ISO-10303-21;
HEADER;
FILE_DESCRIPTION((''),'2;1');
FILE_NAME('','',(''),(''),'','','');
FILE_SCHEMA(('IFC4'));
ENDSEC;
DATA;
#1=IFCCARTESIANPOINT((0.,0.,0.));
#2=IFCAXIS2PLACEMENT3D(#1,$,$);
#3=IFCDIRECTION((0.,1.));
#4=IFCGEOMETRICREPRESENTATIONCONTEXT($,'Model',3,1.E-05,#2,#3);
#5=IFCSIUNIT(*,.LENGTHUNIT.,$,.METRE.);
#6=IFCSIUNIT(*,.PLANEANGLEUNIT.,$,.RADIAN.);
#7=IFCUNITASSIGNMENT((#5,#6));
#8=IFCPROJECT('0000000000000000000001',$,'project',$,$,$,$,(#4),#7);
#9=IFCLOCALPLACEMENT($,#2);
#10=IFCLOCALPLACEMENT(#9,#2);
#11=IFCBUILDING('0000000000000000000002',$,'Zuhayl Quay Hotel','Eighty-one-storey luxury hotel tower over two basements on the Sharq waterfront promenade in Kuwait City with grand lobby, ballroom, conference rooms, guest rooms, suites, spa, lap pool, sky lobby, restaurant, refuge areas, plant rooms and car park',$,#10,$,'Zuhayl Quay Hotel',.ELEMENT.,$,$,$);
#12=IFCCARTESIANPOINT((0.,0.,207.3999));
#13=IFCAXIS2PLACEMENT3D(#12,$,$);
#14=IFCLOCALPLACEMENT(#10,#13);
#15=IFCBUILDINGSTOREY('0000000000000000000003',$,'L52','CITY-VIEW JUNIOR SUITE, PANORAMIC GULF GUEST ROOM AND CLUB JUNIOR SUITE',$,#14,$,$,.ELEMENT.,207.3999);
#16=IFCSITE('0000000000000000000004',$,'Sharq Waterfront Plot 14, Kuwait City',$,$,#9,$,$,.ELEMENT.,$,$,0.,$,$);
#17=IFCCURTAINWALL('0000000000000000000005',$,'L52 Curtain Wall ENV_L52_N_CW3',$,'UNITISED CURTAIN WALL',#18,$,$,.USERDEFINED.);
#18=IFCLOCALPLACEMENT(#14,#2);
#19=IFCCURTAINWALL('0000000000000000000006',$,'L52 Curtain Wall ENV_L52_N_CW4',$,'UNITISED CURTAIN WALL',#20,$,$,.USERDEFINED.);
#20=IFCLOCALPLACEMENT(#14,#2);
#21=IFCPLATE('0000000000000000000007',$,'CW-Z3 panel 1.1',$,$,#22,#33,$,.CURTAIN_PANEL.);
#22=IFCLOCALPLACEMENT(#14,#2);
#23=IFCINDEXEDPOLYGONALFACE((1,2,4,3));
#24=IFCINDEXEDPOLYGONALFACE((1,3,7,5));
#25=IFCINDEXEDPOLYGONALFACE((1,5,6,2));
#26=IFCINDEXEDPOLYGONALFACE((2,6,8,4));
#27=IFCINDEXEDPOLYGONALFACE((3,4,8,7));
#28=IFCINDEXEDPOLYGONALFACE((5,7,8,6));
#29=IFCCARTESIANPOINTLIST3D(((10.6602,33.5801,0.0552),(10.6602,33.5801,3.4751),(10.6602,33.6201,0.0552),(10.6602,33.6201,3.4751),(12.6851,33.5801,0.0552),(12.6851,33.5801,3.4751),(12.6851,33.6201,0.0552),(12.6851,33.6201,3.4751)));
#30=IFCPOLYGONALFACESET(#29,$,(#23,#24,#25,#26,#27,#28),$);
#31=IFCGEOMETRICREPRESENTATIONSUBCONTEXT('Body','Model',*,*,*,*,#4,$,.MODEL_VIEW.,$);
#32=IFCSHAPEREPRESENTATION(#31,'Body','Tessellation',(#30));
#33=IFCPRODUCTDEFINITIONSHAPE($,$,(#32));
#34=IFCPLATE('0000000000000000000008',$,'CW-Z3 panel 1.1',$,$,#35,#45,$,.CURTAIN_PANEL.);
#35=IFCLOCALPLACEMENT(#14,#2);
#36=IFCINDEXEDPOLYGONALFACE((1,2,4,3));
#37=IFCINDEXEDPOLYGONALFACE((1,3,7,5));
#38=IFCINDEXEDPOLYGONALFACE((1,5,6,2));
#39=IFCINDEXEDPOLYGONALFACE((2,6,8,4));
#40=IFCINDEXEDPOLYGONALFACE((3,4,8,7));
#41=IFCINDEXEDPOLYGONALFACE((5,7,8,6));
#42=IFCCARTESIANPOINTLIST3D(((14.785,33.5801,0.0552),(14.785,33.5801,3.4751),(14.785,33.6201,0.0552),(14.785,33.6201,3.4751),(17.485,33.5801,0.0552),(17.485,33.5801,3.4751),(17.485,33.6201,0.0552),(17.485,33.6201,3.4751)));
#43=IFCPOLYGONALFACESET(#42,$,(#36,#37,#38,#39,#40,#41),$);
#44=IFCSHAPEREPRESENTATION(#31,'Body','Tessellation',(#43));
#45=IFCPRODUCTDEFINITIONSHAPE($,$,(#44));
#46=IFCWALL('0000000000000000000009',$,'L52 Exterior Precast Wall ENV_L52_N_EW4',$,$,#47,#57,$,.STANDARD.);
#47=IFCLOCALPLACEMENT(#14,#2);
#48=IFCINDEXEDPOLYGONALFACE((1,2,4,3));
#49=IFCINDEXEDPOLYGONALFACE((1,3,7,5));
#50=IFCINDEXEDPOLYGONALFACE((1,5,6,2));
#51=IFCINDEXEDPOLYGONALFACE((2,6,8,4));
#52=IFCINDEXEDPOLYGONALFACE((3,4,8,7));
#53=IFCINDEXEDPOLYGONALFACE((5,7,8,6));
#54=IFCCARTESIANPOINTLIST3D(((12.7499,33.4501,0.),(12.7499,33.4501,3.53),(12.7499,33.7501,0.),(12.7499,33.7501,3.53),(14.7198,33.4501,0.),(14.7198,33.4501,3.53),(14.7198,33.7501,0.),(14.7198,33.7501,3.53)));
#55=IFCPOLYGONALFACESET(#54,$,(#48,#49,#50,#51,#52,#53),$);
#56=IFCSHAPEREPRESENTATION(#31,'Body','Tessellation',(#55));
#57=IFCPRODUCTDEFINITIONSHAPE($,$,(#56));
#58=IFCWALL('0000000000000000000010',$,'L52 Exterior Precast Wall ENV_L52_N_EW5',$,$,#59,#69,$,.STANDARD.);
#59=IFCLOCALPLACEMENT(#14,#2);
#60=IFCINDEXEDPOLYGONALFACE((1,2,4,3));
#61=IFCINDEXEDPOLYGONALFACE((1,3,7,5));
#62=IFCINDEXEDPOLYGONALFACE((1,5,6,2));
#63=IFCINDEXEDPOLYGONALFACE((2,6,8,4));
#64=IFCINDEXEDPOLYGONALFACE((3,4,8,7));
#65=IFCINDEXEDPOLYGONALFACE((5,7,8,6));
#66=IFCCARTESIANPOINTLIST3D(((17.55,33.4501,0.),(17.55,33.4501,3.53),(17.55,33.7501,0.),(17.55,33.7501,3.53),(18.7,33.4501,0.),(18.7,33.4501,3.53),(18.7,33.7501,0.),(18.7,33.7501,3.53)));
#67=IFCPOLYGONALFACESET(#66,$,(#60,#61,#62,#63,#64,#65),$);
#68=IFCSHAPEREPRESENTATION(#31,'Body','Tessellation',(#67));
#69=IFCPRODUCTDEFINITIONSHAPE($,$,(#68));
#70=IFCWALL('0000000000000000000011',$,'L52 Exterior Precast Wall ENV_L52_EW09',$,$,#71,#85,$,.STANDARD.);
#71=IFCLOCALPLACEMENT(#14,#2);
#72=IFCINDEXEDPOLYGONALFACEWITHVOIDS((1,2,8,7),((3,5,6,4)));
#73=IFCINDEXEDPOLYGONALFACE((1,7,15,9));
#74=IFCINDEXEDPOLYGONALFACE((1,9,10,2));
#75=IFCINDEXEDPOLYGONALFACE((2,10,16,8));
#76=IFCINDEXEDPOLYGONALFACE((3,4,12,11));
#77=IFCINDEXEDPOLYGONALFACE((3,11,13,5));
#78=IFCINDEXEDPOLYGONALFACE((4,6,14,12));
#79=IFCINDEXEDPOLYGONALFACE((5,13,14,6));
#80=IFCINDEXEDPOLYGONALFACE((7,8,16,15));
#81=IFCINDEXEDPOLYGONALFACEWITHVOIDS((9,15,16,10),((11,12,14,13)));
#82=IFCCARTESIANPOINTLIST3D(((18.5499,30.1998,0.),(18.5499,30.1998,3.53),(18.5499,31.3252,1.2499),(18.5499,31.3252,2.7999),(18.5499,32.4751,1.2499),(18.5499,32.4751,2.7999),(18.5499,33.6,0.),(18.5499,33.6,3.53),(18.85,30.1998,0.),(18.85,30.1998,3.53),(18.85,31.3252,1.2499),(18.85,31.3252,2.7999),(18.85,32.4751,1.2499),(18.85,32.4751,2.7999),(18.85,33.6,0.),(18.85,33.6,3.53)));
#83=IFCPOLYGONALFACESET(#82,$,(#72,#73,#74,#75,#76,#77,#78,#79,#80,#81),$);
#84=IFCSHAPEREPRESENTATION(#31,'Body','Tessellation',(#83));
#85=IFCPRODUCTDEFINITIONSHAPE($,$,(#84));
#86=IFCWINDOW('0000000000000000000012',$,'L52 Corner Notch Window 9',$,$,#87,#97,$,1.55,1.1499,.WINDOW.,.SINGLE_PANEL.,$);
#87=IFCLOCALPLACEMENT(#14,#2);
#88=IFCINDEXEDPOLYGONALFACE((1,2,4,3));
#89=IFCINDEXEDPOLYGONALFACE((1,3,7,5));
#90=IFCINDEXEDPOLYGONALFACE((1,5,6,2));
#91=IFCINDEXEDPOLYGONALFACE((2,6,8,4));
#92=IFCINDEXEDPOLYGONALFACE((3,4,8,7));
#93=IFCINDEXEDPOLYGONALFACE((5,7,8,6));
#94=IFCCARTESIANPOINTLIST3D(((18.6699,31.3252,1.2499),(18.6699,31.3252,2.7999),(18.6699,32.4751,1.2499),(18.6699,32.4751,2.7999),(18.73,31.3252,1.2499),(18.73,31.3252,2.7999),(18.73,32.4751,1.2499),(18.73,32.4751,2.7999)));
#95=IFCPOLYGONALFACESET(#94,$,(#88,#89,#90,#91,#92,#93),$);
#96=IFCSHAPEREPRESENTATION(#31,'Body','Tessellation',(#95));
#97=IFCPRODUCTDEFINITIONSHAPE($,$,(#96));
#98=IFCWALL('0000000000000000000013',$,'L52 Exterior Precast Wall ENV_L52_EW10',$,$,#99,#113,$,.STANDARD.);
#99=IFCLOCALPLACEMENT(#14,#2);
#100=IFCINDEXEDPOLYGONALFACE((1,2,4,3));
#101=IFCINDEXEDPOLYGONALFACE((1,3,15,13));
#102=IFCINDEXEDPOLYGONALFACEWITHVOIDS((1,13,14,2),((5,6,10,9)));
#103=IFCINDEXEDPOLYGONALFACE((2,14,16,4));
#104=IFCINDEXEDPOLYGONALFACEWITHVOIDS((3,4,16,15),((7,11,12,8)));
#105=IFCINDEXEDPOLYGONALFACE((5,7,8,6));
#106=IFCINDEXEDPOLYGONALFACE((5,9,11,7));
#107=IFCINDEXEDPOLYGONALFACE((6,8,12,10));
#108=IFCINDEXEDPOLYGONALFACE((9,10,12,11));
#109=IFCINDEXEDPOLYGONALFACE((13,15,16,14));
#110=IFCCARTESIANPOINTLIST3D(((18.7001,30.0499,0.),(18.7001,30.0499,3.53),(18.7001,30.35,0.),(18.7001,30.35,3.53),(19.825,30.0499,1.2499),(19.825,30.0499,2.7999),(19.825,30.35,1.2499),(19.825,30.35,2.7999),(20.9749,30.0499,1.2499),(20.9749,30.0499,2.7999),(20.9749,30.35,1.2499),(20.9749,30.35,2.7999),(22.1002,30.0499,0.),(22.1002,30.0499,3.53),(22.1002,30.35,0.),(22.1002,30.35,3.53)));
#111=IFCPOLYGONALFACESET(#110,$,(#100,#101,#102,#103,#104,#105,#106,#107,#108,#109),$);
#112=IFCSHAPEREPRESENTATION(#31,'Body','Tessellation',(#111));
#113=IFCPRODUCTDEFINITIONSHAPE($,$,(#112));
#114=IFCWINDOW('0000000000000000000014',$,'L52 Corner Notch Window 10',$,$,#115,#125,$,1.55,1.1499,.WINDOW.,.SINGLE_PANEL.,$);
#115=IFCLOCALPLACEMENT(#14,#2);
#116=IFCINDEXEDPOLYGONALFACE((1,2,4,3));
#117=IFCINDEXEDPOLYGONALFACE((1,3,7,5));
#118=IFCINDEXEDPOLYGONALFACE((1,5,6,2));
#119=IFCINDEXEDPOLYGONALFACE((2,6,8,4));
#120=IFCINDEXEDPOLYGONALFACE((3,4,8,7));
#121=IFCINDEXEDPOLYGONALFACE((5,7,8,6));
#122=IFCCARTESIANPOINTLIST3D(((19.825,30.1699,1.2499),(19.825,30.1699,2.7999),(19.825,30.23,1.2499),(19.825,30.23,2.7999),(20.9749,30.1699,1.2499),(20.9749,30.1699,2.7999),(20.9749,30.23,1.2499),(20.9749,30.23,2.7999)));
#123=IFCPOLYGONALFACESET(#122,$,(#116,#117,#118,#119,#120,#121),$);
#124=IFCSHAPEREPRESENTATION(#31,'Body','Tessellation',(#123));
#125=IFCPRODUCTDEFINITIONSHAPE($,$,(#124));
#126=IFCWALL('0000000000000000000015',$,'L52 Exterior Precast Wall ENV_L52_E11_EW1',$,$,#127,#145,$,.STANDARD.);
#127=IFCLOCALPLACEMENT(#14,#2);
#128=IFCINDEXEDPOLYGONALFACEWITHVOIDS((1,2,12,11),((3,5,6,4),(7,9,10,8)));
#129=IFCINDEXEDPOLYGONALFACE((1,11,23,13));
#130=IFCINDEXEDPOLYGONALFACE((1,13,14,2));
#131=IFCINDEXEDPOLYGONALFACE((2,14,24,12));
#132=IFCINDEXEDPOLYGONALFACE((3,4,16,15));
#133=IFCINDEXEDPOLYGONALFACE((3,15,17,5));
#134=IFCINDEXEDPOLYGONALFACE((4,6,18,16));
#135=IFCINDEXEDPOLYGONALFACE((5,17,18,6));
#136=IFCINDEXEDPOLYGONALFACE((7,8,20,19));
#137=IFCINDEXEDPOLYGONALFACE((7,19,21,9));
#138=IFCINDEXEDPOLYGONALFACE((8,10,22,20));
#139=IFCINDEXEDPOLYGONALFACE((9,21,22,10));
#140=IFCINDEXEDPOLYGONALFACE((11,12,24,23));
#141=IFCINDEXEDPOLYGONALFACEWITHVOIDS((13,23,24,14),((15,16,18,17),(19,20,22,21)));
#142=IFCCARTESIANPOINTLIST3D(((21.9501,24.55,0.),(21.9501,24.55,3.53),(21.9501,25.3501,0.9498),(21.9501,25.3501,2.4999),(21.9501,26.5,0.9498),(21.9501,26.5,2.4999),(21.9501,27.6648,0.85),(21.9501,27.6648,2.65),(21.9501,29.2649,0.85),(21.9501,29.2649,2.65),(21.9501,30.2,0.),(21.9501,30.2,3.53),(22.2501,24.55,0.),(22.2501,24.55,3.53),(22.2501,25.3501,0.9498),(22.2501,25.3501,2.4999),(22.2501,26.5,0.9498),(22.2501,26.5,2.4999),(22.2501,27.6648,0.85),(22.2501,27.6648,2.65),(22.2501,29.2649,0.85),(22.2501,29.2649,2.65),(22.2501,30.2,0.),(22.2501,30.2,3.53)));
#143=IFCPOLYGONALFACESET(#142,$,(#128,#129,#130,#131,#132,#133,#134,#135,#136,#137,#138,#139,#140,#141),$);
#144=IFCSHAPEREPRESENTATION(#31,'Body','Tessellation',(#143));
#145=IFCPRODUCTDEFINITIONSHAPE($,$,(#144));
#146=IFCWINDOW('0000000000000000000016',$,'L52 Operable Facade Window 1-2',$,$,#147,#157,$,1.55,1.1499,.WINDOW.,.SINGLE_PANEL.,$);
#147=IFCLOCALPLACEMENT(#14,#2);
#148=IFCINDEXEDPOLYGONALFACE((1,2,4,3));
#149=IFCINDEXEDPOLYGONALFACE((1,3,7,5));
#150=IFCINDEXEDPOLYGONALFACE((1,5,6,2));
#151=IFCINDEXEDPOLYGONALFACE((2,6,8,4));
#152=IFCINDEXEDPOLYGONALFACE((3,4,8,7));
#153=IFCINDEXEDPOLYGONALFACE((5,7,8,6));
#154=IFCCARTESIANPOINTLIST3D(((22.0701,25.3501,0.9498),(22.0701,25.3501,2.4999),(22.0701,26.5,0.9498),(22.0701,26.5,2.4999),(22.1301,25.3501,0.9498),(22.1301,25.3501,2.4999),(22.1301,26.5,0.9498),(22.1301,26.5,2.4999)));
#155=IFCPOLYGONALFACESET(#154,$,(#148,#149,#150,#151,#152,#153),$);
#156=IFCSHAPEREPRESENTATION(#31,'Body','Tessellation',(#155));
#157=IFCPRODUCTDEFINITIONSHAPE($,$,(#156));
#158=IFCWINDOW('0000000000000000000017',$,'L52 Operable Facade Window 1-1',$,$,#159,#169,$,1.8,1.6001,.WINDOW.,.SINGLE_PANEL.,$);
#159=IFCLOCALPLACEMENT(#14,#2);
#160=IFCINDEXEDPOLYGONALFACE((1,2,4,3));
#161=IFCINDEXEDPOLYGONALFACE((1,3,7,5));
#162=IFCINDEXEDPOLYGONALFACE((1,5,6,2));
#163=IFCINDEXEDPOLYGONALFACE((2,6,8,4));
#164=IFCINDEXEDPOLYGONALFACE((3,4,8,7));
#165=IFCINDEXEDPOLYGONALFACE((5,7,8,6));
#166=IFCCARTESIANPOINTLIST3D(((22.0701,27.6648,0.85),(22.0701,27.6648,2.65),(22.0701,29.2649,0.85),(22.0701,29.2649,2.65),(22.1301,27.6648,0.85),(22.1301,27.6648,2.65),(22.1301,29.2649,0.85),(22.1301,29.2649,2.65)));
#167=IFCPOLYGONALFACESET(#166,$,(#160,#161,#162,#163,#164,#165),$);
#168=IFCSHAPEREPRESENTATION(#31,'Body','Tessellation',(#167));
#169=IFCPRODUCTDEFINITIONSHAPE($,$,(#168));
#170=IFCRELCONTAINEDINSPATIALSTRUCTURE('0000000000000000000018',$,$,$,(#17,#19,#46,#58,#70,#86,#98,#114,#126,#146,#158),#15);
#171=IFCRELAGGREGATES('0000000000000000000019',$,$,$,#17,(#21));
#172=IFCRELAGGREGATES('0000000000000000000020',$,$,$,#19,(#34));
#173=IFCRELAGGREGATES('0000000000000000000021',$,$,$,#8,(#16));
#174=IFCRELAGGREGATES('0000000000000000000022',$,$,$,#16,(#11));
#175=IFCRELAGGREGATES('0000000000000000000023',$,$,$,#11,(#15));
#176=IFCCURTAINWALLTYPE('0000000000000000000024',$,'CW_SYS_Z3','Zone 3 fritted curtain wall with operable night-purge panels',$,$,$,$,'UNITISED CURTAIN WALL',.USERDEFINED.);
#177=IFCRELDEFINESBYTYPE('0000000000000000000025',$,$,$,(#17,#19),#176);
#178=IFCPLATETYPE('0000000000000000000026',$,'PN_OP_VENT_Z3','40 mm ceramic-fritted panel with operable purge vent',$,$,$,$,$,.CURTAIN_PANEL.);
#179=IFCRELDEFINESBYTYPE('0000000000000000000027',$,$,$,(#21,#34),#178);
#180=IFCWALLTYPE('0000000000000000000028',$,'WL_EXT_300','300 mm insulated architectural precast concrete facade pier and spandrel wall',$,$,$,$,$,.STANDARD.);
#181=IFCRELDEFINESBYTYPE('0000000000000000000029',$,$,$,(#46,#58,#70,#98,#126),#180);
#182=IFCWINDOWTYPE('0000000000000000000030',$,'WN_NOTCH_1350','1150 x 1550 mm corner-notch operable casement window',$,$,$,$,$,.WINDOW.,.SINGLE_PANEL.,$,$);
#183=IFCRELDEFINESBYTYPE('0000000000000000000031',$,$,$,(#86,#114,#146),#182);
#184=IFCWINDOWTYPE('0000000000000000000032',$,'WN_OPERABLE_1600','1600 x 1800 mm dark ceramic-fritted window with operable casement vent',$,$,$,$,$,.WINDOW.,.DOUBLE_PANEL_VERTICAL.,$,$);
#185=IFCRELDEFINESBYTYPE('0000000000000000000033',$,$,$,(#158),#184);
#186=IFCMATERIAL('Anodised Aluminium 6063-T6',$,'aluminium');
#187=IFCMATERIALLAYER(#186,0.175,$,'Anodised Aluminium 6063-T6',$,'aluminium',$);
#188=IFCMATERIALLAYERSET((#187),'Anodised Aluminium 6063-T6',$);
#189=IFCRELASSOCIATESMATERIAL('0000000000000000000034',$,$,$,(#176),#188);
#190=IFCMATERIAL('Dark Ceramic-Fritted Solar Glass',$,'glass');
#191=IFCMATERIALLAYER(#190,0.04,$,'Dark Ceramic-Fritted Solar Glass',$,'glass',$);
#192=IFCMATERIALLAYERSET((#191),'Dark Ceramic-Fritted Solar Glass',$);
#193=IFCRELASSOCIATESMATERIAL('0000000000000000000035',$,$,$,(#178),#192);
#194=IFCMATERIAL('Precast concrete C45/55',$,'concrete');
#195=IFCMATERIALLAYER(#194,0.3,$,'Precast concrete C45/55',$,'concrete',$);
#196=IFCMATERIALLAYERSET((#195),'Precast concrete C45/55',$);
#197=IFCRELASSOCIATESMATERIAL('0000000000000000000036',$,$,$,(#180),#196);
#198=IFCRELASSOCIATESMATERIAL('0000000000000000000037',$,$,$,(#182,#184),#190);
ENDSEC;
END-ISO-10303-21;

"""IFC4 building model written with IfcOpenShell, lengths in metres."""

from ifc_helpers import new_model, si_unit, direction, frame, frame_2d, origin, origin_2d, place, context, subcontext, project, spatial, rectangle, extrude, material, layer, layer_set, type_object, element, fill, aggregate, save


model = new_model("IFC4")

# Units and contexts
model_context = context("Model", 3, precision=1e-05, world=origin(), true_north=direction((0.0, 1.0)))
body_context = subcontext(model_context, "Body", "Model", "MODEL_VIEW")
ifc_project = project(units=[si_unit("LENGTHUNIT", "METRE"), si_unit("PLANEANGLEUNIT", "RADIAN")], contexts=[model_context])

# Site, building, storey
site_placement = place(None, origin())
site = spatial("IfcSite", under=ifc_project, at=site_placement, Name="Sharq Waterfront Plot 14, Kuwait City", CompositionType="ELEMENT", RefElevation=0.0)
building_placement = place(site_placement, origin())
building = spatial("IfcBuilding", under=site, at=building_placement, Name="Zuhayl Quay Hotel", Description="Eighty-one-storey luxury hotel tower over two basements on the Sharq waterfront promenade in Kuwait City with grand lobby, ballroom, conference rooms, guest rooms, suites, spa, lap pool, sky lobby, restaurant, refuge areas, plant rooms and car park", LongName="Zuhayl Quay Hotel", CompositionType="ELEMENT")
storey_placement = place(building_placement, frame((0.0, 0.0, 207.3999)))
storey = spatial("IfcBuildingStorey", under=building, at=storey_placement, Name="L52", Description="CITY-VIEW JUNIOR SUITE, PANORAMIC GULF GUEST ROOM AND CLUB JUNIOR SUITE", CompositionType="ELEMENT", Elevation=207.3999)

# Curtain wall
ifc_material_1 = material(Name="Anodised Aluminium 6063-T6", Category="aluminium")
ifc_layer_1 = layer(ifc_material_1, 0.175, Name="Anodised Aluminium 6063-T6", Category="aluminium")
ifc_layer_set_1 = layer_set([ifc_layer_1], Name="Anodised Aluminium 6063-T6")
curtain_wall_type = type_object("IfcCurtainWallType", Name="CW_SYS_Z3", Description="Zone 3 fritted curtain wall with operable night-purge panels", ElementType="UNITISED CURTAIN WALL", PredefinedType="USERDEFINED", material=ifc_layer_set_1)
curtain_wall_1_placement = place(storey_placement, origin())
curtain_wall_1 = element("IfcCurtainWall", 1, at=curtain_wall_1_placement, inside=storey, type_object=curtain_wall_type, Name="L52 Curtain Wall ENV_L52_N_CW3", ObjectType="UNITISED CURTAIN WALL", PredefinedType="USERDEFINED")

# Curtain wall
curtain_wall_2_placement = place(storey_placement, origin())
curtain_wall_2 = element("IfcCurtainWall", 2, at=curtain_wall_2_placement, inside=storey, type_object=curtain_wall_type, Name="L52 Curtain Wall ENV_L52_N_CW4", ObjectType="UNITISED CURTAIN WALL", PredefinedType="USERDEFINED")

# Plates
ifc_material_2 = material(Name="Dark Ceramic-Fritted Solar Glass", Category="glass")
ifc_layer_2 = layer(ifc_material_2, 0.04, Name="Dark Ceramic-Fritted Solar Glass", Category="glass")
ifc_layer_set_2 = layer_set([ifc_layer_2], Name="Dark Ceramic-Fritted Solar Glass")
plate_type = type_object("IfcPlateType", Name="PN_OP_VENT_Z3", Description="40 mm ceramic-fritted panel with operable purge vent", PredefinedType="CURTAIN_PANEL", material=ifc_layer_set_2)
plate_1_placement = place(storey_placement, frame((11.6726, 33.6001, 0.0552), z_axis=(0.0, 0.0, 1.0), x_axis=(1.0, 0.0, 0.0)))
plate_1 = element("IfcPlate", 3, at=plate_1_placement, type_object=plate_type, Name="CW-Z3 panel 1.1", PredefinedType="CURTAIN_PANEL", context=body_context, shape_type="SweptSolid", body=[
    extrude(rectangle(XDim=2.0249, YDim=0.04, at=origin_2d()), origin(), (0.0, 0.0, 1.0), 3.4199),
])
aggregate(curtain_wall_1, [plate_1])
plate_2_placement = place(storey_placement, frame((16.135, 33.6001, 0.0552), z_axis=(0.0, 0.0, 1.0), x_axis=(1.0, 0.0, 0.0)))
plate_2 = element("IfcPlate", 4, at=plate_2_placement, type_object=plate_type, Name="CW-Z3 panel 1.1", PredefinedType="CURTAIN_PANEL", context=body_context, shape_type="SweptSolid", body=[
    extrude(rectangle(XDim=2.7, YDim=0.04, at=origin_2d()), origin(), (0.0, 0.0, 1.0), 3.4199),
])
aggregate(curtain_wall_2, [plate_2])

# Walls
ifc_material_3 = material(Name="Precast concrete C45/55", Category="concrete")
ifc_layer_3 = layer(ifc_material_3, 0.3, Name="Precast concrete C45/55", Category="concrete")
ifc_layer_set_3 = layer_set([ifc_layer_3], Name="Precast concrete C45/55")
wall_type_1 = type_object("IfcWallType", Name="WL_EXT_300", Description="300 mm insulated architectural precast concrete facade pier and spandrel wall", PredefinedType="STANDARD", material=ifc_layer_set_3)
wall_1_placement = place(storey_placement, frame((12.75, 33.6001, 0.0), z_axis=(0.0, 0.0, 1.0), x_axis=(1.0, 0.0, 0.0)))
element("IfcWall", 5, at=wall_1_placement, inside=storey, type_object=wall_type_1, Name="L52 Exterior Precast Wall ENV_L52_N_EW4", PredefinedType="STANDARD", context=body_context, shape_type="SweptSolid", body=[
    extrude(rectangle(XDim=1.97, YDim=0.3, at=frame_2d((0.9849, 0.0))), origin(), (0.0, 0.0, 1.0), 3.53),
])
wall_2_placement = place(storey_placement, frame((17.55, 33.6001, 0.0), z_axis=(0.0, 0.0, 1.0), x_axis=(1.0, 0.0, 0.0)))
element("IfcWall", 6, at=wall_2_placement, inside=storey, type_object=wall_type_1, Name="L52 Exterior Precast Wall ENV_L52_N_EW5", PredefinedType="STANDARD", context=body_context, shape_type="SweptSolid", body=[
    extrude(rectangle(XDim=1.1499, YDim=0.3, at=frame_2d((0.575, 0.0))), origin(), (0.0, 0.0, 1.0), 3.53),
])

# Walls, openings, windows
wall_3_placement = place(storey_placement, frame((18.7, 33.6001, 0.0), z_axis=(0.0, 0.0, 1.0), x_axis=(0.0, -1.0, 0.0)))
wall_3 = element("IfcWall", 7, at=wall_3_placement, inside=storey, type_object=wall_type_1, Name="L52 Exterior Precast Wall ENV_L52_EW09", PredefinedType="STANDARD", context=body_context, shape_type="SweptSolid", body=[
    extrude(rectangle(XDim=3.4001, YDim=0.3, at=frame_2d((1.7002, 0.0))), origin(), (0.0, 0.0, 1.0), 3.53),
])
opening_1_placement = place(wall_3_placement, frame((1.125, 0.0, 1.25)))
opening_1 = element("IfcOpeningElement", 8, at=opening_1_placement, cuts=wall_3, PredefinedType="OPENING", context=body_context, shape_type="SweptSolid", body=[
    extrude(rectangle(XDim=1.1499, YDim=1.55, at=frame_2d((0.575, 0.7749))), frame((0.0, 0.1599, 0.0), z_axis=(0.0, -1.0, 0.0), x_axis=(1.0, 0.0, 0.0)), (0.0, 0.0, 1.0), 0.3201),
])
window_type_1 = type_object("IfcWindowType", Name="WN_NOTCH_1350", Description="1150 x 1550 mm corner-notch operable casement window", PartitioningType="SINGLE_PANEL", PredefinedType="WINDOW", material=ifc_material_2)
window_1_placement = place(opening_1_placement, origin())
window_1 = element("IfcWindow", 9, at=window_1_placement, inside=storey, type_object=window_type_1, Name="L52 Corner Notch Window 9", OverallHeight=1.55, OverallWidth=1.1499, PartitioningType="SINGLE_PANEL", PredefinedType="WINDOW", context=body_context, shape_type="SweptSolid", body=[
    extrude(rectangle(XDim=1.1499, YDim=1.55, at=frame_2d((0.575, 0.7749))), frame((0.0, 0.03, 0.0), z_axis=(0.0, -1.0, 0.0), x_axis=(1.0, 0.0, 0.0)), (0.0, 0.0, 1.0), 0.0601),
])
fill(opening_1, window_1)
wall_4_placement = place(storey_placement, frame((18.7, 30.2, 0.0), z_axis=(0.0, 0.0, 1.0), x_axis=(1.0, 0.0, 0.0)))
wall_4 = element("IfcWall", 10, at=wall_4_placement, inside=storey, type_object=wall_type_1, Name="L52 Exterior Precast Wall ENV_L52_EW10", PredefinedType="STANDARD", context=body_context, shape_type="SweptSolid", body=[
    extrude(rectangle(XDim=3.4001, YDim=0.3, at=frame_2d((1.7002, 0.0))), origin(), (0.0, 0.0, 1.0), 3.53),
])
opening_2_placement = place(wall_4_placement, frame((1.125, 0.0, 1.25)))
opening_2 = element("IfcOpeningElement", 11, at=opening_2_placement, cuts=wall_4, PredefinedType="OPENING", context=body_context, shape_type="SweptSolid", body=[
    extrude(rectangle(XDim=1.1499, YDim=1.55, at=frame_2d((0.575, 0.7749))), frame((0.0, 0.1599, 0.0), z_axis=(0.0, -1.0, 0.0), x_axis=(1.0, 0.0, 0.0)), (0.0, 0.0, 1.0), 0.3201),
])
window_2_placement = place(opening_2_placement, origin())
window_2 = element("IfcWindow", 12, at=window_2_placement, inside=storey, type_object=window_type_1, Name="L52 Corner Notch Window 10", OverallHeight=1.55, OverallWidth=1.1499, PartitioningType="SINGLE_PANEL", PredefinedType="WINDOW", context=body_context, shape_type="SweptSolid", body=[
    extrude(rectangle(XDim=1.1499, YDim=1.55, at=frame_2d((0.575, 0.7749))), frame((0.0, 0.03, 0.0), z_axis=(0.0, -1.0, 0.0), x_axis=(1.0, 0.0, 0.0)), (0.0, 0.0, 1.0), 0.0601),
])
fill(opening_2, window_2)

# Wall, openings, windows
wall_5_placement = place(storey_placement, frame((22.1001, 30.2, 0.0), z_axis=(0.0, 0.0, 1.0), x_axis=(0.0, -1.0, 0.0)))
wall_5 = element("IfcWall", 13, at=wall_5_placement, inside=storey, type_object=wall_type_1, Name="L52 Exterior Precast Wall ENV_L52_E11_EW1", PredefinedType="STANDARD", context=body_context, shape_type="SweptSolid", body=[
    extrude(rectangle(XDim=5.6499, YDim=0.3, at=frame_2d((2.825, 0.0))), origin(), (0.0, 0.0, 1.0), 3.53),
])
opening_3_placement = place(wall_5_placement, frame((0.9351, 0.0, 0.8501)))
opening_3 = element("IfcOpeningElement", 14, at=opening_3_placement, cuts=wall_5, PredefinedType="OPENING", context=body_context, shape_type="SweptSolid", body=[
    extrude(rectangle(XDim=1.6001, YDim=1.8, at=frame_2d((0.8, 0.8999))), frame((0.0, 0.1599, 0.0), z_axis=(0.0, -1.0, 0.0), x_axis=(1.0, 0.0, 0.0)), (0.0, 0.0, 1.0), 0.3201),
])
opening_4_placement = place(wall_5_placement, frame((3.7, 0.0, 0.95)))
opening_4 = element("IfcOpeningElement", 15, at=opening_4_placement, cuts=wall_5, PredefinedType="OPENING", context=body_context, shape_type="SweptSolid", body=[
    extrude(rectangle(XDim=1.1499, YDim=1.55, at=frame_2d((0.575, 0.7749))), frame((0.0, 0.1599, 0.0), z_axis=(0.0, -1.0, 0.0), x_axis=(1.0, 0.0, 0.0)), (0.0, 0.0, 1.0), 0.3201),
])
window_3_placement = place(opening_4_placement, origin())
window_3 = element("IfcWindow", 16, at=window_3_placement, inside=storey, type_object=window_type_1, Name="L52 Operable Facade Window 1-2", OverallHeight=1.55, OverallWidth=1.1499, PartitioningType="SINGLE_PANEL", PredefinedType="WINDOW", context=body_context, shape_type="SweptSolid", body=[
    extrude(rectangle(XDim=1.1499, YDim=1.55, at=frame_2d((0.575, 0.7749))), frame((0.0, 0.03, 0.0), z_axis=(0.0, -1.0, 0.0), x_axis=(1.0, 0.0, 0.0)), (0.0, 0.0, 1.0), 0.0601),
])
fill(opening_4, window_3)
window_type_2 = type_object("IfcWindowType", Name="WN_OPERABLE_1600", Description="1600 x 1800 mm dark ceramic-fritted window with operable casement vent", PartitioningType="DOUBLE_PANEL_VERTICAL", PredefinedType="WINDOW", material=ifc_material_2)
window_4_placement = place(opening_3_placement, origin())
window_4 = element("IfcWindow", 17, at=window_4_placement, inside=storey, type_object=window_type_2, Name="L52 Operable Facade Window 1-1", OverallHeight=1.8, OverallWidth=1.6001, PartitioningType="SINGLE_PANEL", PredefinedType="WINDOW", context=body_context, shape_type="SweptSolid", body=[
    extrude(rectangle(XDim=1.6001, YDim=1.8, at=frame_2d((0.8, 0.8999))), frame((0.0, 0.03, 0.0), z_axis=(0.0, -1.0, 0.0), x_axis=(1.0, 0.0, 0.0)), (0.0, 0.0, 1.0), 0.0601),
])
fill(opening_3, window_4)

save(model, "model.ifc")
